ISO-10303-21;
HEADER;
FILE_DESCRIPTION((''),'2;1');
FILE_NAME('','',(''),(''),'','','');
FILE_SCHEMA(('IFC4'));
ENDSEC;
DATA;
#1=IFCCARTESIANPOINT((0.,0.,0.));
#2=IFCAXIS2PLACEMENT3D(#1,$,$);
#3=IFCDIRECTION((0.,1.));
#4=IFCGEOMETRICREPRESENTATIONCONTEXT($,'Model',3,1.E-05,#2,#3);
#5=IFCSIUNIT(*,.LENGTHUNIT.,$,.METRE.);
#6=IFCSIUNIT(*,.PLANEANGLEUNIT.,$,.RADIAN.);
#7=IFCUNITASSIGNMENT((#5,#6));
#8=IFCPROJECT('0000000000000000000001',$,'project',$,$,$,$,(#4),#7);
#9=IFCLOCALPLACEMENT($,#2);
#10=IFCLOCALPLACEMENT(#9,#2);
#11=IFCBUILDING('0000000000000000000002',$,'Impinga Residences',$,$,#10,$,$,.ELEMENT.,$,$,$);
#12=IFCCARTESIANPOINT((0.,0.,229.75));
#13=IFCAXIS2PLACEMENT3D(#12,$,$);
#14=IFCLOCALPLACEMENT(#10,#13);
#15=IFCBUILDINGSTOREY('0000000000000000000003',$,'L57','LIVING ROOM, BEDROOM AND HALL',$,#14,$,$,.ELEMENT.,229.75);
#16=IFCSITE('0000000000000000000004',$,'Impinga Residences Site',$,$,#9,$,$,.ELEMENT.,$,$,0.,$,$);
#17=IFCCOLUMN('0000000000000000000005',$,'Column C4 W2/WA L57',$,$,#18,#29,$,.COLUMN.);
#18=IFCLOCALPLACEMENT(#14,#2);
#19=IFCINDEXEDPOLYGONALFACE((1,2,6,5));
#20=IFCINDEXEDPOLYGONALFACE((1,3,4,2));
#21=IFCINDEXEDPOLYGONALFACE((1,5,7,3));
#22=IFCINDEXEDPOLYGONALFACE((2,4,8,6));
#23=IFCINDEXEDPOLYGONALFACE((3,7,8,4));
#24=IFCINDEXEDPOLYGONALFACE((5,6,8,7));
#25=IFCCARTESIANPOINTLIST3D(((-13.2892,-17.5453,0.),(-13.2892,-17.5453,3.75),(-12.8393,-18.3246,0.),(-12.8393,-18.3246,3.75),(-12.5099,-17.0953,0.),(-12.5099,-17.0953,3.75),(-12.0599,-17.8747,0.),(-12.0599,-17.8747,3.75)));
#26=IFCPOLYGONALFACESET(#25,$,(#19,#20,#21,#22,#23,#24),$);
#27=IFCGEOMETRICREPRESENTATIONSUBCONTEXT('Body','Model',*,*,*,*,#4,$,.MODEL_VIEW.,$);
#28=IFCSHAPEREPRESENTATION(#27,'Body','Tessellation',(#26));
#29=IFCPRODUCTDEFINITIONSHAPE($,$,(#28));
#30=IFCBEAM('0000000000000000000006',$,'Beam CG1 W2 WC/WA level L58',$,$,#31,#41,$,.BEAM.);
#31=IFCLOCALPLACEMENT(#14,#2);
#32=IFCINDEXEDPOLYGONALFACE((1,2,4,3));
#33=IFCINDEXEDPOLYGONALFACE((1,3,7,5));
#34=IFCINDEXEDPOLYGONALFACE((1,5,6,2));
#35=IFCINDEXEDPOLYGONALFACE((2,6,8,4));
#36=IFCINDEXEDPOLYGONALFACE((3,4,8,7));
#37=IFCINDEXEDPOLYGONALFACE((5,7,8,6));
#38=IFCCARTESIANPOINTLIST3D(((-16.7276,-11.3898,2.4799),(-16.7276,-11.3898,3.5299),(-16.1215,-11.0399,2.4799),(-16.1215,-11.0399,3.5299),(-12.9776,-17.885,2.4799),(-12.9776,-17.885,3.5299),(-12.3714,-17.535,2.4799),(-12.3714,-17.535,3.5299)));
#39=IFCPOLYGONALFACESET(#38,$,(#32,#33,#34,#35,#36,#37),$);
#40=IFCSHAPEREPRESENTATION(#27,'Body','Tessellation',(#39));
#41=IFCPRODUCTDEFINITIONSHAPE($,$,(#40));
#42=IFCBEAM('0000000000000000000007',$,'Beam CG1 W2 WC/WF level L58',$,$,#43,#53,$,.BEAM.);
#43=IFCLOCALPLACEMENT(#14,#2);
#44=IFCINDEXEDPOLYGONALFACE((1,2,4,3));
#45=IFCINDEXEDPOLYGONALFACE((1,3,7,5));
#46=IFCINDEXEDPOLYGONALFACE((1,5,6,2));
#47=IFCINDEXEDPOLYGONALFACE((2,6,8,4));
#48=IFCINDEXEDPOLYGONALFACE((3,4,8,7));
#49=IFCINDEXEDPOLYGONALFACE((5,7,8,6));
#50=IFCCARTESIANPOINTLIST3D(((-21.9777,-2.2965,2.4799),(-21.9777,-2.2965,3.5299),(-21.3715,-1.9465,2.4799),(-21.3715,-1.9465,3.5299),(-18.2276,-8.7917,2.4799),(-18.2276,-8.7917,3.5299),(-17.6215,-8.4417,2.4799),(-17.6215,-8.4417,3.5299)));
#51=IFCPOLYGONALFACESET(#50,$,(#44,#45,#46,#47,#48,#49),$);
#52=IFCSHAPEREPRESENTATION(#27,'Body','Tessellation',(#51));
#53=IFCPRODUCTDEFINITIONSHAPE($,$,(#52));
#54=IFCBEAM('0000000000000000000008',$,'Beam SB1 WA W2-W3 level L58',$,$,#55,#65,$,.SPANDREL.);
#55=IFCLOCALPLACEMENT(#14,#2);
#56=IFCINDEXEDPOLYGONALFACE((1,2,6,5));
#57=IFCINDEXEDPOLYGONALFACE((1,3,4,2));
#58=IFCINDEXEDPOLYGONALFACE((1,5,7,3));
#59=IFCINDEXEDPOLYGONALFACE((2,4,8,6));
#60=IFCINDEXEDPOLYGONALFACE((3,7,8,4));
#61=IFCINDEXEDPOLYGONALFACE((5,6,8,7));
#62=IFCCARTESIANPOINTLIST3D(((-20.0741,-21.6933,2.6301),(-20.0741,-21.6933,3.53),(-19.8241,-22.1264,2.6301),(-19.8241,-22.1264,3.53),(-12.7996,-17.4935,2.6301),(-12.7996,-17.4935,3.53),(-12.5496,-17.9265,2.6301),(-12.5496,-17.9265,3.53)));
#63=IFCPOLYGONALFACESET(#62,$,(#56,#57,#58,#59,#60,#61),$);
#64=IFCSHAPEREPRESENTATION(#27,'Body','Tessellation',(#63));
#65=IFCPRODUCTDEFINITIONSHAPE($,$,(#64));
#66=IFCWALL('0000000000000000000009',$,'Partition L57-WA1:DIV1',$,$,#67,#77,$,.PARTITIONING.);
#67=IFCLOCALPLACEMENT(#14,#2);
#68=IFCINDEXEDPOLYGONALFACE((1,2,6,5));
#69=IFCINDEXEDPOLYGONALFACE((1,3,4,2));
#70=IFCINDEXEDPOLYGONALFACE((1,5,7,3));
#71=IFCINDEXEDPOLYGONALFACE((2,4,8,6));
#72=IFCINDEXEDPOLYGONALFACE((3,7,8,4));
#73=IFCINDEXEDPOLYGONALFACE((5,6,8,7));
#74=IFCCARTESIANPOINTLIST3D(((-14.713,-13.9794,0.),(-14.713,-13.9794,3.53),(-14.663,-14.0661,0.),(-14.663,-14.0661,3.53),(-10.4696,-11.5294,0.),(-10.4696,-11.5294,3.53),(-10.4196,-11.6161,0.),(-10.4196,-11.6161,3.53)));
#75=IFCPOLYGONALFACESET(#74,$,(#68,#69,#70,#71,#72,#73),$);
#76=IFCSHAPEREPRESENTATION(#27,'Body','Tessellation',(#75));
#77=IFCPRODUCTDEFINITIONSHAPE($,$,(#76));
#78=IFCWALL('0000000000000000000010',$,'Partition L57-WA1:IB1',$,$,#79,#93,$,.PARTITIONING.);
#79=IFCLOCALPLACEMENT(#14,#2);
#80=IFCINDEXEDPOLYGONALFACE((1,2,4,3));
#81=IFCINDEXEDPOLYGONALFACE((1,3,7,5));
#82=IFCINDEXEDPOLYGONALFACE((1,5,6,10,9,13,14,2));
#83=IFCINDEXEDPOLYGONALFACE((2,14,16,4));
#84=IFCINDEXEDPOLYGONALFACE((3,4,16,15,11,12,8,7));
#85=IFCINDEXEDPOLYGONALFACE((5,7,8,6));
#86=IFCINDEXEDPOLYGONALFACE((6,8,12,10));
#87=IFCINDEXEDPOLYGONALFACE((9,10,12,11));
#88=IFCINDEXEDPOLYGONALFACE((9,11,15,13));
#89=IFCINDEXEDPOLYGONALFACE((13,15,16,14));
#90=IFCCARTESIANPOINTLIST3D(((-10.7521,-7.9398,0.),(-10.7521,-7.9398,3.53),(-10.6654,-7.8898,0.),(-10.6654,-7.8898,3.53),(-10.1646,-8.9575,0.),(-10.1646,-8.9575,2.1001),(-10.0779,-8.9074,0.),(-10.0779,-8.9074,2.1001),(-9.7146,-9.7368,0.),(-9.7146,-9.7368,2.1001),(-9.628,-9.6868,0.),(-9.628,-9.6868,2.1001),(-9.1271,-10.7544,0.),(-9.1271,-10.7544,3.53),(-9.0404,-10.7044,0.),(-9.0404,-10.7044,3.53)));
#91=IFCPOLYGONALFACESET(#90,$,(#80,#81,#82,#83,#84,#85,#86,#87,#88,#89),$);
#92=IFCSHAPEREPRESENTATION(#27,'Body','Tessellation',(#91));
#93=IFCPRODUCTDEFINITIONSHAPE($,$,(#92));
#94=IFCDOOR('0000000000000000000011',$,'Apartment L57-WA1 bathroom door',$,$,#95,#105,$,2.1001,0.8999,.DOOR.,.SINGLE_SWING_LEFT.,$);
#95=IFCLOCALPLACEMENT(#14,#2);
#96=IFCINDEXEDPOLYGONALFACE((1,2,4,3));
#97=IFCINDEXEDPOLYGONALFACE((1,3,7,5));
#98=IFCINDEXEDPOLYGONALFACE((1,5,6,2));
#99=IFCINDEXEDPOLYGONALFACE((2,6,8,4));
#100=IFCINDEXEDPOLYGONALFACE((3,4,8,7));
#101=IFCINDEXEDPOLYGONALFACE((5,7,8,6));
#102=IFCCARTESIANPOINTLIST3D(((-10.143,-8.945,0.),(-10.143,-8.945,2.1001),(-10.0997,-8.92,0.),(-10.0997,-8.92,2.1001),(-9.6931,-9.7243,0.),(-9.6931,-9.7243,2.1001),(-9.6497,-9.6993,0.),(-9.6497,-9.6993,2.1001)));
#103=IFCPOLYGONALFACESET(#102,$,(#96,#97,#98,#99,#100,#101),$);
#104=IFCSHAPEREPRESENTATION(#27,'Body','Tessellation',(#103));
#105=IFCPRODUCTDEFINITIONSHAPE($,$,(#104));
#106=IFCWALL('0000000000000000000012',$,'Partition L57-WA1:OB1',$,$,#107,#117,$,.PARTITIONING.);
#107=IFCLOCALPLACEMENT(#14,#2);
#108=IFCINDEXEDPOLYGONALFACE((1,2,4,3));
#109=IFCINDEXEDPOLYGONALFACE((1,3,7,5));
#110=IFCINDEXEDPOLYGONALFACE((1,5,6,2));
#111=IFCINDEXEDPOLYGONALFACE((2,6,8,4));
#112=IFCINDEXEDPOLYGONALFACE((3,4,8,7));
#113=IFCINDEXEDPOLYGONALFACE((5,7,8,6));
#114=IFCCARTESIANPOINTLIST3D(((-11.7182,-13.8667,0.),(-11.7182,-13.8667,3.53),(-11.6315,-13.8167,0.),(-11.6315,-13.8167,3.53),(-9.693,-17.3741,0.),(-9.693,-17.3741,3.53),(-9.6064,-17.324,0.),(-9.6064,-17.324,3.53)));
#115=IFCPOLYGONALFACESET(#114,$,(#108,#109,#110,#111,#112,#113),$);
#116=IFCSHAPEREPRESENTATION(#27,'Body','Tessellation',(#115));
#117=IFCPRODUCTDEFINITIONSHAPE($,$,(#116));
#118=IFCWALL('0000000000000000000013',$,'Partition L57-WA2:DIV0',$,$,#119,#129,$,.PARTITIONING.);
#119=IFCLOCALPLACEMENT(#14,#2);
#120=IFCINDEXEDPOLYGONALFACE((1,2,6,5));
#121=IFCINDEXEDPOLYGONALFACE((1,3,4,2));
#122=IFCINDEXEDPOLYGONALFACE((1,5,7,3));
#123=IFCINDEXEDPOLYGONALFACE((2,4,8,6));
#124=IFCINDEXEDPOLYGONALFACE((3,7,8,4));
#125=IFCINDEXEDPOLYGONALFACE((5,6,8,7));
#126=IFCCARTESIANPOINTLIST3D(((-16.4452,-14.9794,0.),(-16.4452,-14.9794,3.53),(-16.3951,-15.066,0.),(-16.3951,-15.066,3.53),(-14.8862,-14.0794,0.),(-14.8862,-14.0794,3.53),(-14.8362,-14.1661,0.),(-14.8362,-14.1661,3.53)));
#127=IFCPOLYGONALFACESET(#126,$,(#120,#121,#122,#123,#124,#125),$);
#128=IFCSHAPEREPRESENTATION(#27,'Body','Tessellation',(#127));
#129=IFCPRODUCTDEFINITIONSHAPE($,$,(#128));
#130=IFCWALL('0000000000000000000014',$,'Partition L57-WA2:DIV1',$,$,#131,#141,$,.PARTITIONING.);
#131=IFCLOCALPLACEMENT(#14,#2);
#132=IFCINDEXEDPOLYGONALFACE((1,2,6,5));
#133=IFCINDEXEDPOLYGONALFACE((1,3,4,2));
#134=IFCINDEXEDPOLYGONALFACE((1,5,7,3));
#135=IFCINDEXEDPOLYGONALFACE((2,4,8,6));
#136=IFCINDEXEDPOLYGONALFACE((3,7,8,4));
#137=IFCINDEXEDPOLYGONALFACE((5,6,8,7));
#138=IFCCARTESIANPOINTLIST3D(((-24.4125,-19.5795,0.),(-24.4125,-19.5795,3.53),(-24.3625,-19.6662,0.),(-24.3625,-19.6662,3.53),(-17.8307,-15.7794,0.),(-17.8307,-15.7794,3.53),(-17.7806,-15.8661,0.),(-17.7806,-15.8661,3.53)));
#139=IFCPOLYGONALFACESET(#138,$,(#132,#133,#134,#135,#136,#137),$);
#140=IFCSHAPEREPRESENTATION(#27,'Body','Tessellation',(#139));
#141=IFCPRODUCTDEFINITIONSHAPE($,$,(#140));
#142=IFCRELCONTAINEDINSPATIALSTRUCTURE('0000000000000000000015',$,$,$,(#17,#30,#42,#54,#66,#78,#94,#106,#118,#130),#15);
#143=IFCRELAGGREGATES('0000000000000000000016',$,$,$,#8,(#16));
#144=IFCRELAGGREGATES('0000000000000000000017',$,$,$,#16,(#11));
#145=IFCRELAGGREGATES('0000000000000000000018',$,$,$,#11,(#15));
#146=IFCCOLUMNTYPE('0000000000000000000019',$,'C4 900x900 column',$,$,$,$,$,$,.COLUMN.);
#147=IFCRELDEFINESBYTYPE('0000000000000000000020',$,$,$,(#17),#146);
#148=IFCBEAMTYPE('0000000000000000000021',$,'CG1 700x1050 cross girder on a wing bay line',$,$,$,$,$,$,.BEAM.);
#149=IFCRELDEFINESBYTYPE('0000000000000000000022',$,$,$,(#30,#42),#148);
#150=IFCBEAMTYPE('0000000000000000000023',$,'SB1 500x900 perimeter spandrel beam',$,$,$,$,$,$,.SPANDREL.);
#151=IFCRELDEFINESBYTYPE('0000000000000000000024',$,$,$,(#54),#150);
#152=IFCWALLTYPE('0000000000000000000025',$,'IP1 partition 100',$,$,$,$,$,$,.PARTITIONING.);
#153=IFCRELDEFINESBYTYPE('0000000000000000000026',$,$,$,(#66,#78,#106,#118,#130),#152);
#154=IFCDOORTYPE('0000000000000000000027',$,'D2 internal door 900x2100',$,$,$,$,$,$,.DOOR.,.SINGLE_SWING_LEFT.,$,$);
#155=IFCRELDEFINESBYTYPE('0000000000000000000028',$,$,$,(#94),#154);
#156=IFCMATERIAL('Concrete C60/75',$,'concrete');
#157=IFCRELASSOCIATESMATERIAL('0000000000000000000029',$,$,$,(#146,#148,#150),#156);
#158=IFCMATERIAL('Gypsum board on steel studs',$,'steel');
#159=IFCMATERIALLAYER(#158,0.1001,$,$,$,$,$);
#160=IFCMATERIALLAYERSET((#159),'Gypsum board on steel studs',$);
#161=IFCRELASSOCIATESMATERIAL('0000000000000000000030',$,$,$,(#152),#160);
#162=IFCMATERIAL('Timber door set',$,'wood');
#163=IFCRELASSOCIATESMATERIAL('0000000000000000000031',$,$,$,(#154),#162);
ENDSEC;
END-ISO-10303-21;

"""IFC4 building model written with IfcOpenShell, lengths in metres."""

from ifc_helpers import new_model, si_unit, direction, frame, frame_2d, origin, origin_2d, place, context, subcontext, project, spatial, rectangle, extrude, material, layer, layer_set, material_profile, profile_set, type_object, element, fill, save


model = new_model("IFC4")

# Units and contexts
model_context = context("Model", 3, precision=1e-05, world=origin(), true_north=direction((0.0, 1.0)))
body_context = subcontext(model_context, "Body", "Model", "MODEL_VIEW")
ifc_project = project(units=[si_unit("LENGTHUNIT", "METRE"), si_unit("PLANEANGLEUNIT", "RADIAN")], contexts=[model_context])

# Site, building, storey
site_placement = place(None, origin())
site = spatial("IfcSite", under=ifc_project, at=site_placement, Name="Impinga Residences Site", CompositionType="ELEMENT", RefElevation=0.0)
building_placement = place(site_placement, origin())
building = spatial("IfcBuilding", under=site, at=building_placement, Name="Impinga Residences", CompositionType="ELEMENT")
storey_placement = place(building_placement, frame((0.0, 0.0, 229.75)))
storey = spatial("IfcBuildingStorey", under=building, at=storey_placement, Name="L57", Description="LIVING ROOM, BEDROOM AND HALL", CompositionType="ELEMENT", Elevation=229.75)

# Column
ifc_material_1 = material(Name="Concrete C60/75", Category="concrete")
ifc_material_profile_1 = material_profile(ifc_material_1, rectangle(XDim=0.8999, YDim=0.8999, at=origin_2d()), Name="RC 900x900")
ifc_profile_set_1 = profile_set([ifc_material_profile_1], Name="Concrete C60/75")
column_type = type_object("IfcColumnType", Name="C4 900x900 column", PredefinedType="COLUMN", material=ifc_profile_set_1)
column_placement = place(storey_placement, frame((-12.6746, -17.71, 0.0), z_axis=(0.0, 0.0, 1.0), x_axis=(-0.5, 0.866025, 0.0)))
element("IfcColumn", 1, at=column_placement, inside=storey, type_object=column_type, Name="Column C4 W2/WA L57", PredefinedType="COLUMN", context=body_context, shape_type="SweptSolid", body=[
    extrude(rectangle(XDim=0.8999, YDim=0.8999, at=origin_2d()), origin(), (0.0, 0.0, 1.0), 3.75),
])

# Beams
ifc_material_profile_2 = material_profile(ifc_material_1, rectangle(XDim=0.7, YDim=1.05, at=origin_2d()), Name="RC 700x1050")
ifc_profile_set_2 = profile_set([ifc_material_profile_2], Name="Concrete C60/75")
beam_type_1 = type_object("IfcBeamType", Name="CG1 700x1050 cross girder on a wing bay line", PredefinedType="BEAM", material=ifc_profile_set_2)
for number, where, z_axis, x_axis, name in (
    (2, (-16.4246, -11.2148, 3.0049), (0.500004, -0.866023, 0.0), (0.866023, 0.500004, 0.0), "Beam CG1 W2 WC/WA level L58"),
    (3, (-17.9246, -8.6167, 3.0049), (-0.500004, 0.866023, 0.0), (-0.866023, -0.500004, 0.0), "Beam CG1 W2 WC/WF level L58"),
):
    element("IfcBeam", number, at=place(storey_placement, frame(where, z_axis=z_axis, x_axis=x_axis)), inside=storey, type_object=beam_type_1, Name=name, PredefinedType="BEAM", context=body_context, shape_type="SweptSolid", body=[
        extrude(rectangle(XDim=0.7, YDim=1.05, at=origin_2d()), origin(), (0.0, 0.0, 1.0), 7.5),
    ])
ifc_material_profile_3 = material_profile(ifc_material_1, rectangle(XDim=0.5, YDim=0.8999, at=origin_2d()), Name="RC 500x900")
ifc_profile_set_3 = profile_set([ifc_material_profile_3], Name="Concrete C60/75")
beam_type_2 = type_object("IfcBeamType", Name="SB1 500x900 perimeter spandrel beam", PredefinedType="SPANDREL", material=ifc_profile_set_3)
beam_placement = place(storey_placement, frame((-12.6746, -17.71, 3.0801), z_axis=(-0.866029, -0.499993, 0.0), x_axis=(0.499993, -0.866029, 0.0)))
element("IfcBeam", 4, at=beam_placement, inside=storey, type_object=beam_type_2, Name="Beam SB1 WA W2-W3 level L58", PredefinedType="SPANDREL", context=body_context, shape_type="SweptSolid", body=[
    extrude(rectangle(XDim=0.5, YDim=0.8999, at=origin_2d()), origin(), (0.0, 0.0, 1.0), 8.3999),
])

# Wall
ifc_material_2 = material(Name="Gypsum board on steel studs", Category="steel")
ifc_layer_1 = layer(ifc_material_2, 0.1001)
ifc_layer_set_1 = layer_set([ifc_layer_1], Name="Gypsum board on steel studs")
wall_type_1 = type_object("IfcWallType", Name="IP1 partition 100", PredefinedType="PARTITIONING", material=ifc_layer_set_1)
wall_1_placement = place(storey_placement, frame((-10.4446, -11.5728, 0.0), z_axis=(0.0, 0.0, 1.0), x_axis=(-0.866024, -0.500003, 0.0)))
element("IfcWall", 5, at=wall_1_placement, inside=storey, type_object=wall_type_1, Name="Partition L57-WA1:DIV1", PredefinedType="PARTITIONING", context=body_context, shape_type="SweptSolid", body=[
    extrude(rectangle(XDim=4.8999, YDim=0.1001, at=frame_2d((2.45, 0.0))), origin(), (0.0, 0.0, 1.0), 3.53),
])

# Wall, opening, door
wall_2_placement = place(storey_placement, frame((-10.7087, -7.9148, 0.0), z_axis=(0.0, 0.0, 1.0), x_axis=(0.499985, -0.866034, 0.0)))
wall_2 = element("IfcWall", 6, at=wall_2_placement, inside=storey, type_object=wall_type_1, Name="Partition L57-WA1:IB1", PredefinedType="PARTITIONING", context=body_context, shape_type="SweptSolid", body=[
    extrude(rectangle(XDim=3.25, YDim=0.1001, at=frame_2d((1.625, 0.0))), origin(), (0.0, 0.0, 1.0), 3.53),
])
opening_1_placement = place(wall_2_placement, frame((1.175, 0.0, 0.0)))
opening_1 = element("IfcOpeningElement", 7, at=opening_1_placement, cuts=wall_2, PredefinedType="OPENING", context=body_context, shape_type="SweptSolid", body=[
    extrude(rectangle(XDim=0.8999, YDim=2.1001, at=frame_2d((0.45, 1.05))), frame((0.0, 0.0601, 0.0), z_axis=(0.0, -1.0, 0.0), x_axis=(1.0, 0.0, 0.0)), (0.0, 0.0, 1.0), 0.1201),
])
ifc_material_3 = material(Name="Timber door set", Category="wood")
door_type = type_object("IfcDoorType", Name="D2 internal door 900x2100", OperationType="SINGLE_SWING_LEFT", PredefinedType="DOOR", material=ifc_material_3)
door_1_placement = place(opening_1_placement, origin())
door_1 = element("IfcDoor", 8, at=door_1_placement, inside=storey, type_object=door_type, Name="Apartment L57-WA1 bathroom door", OperationType="SINGLE_SWING_LEFT", OverallHeight=2.1001, OverallWidth=0.8999, PredefinedType="DOOR", context=body_context, shape_type="SweptSolid", body=[
    extrude(rectangle(XDim=0.8999, YDim=2.1001, at=frame_2d((0.45, 1.05))), frame((0.0, 0.0249, 0.0), z_axis=(0.0, -1.0, 0.0), x_axis=(1.0, 0.0, 0.0)), (0.0, 0.0, 1.0), 0.05),
])
fill(opening_1, door_1)

# Walls
wall_3_placement = place(storey_placement, frame((-11.6748, -13.8418, 0.0), z_axis=(0.0, 0.0, 1.0), x_axis=(0.500036, -0.866005, 0.0)))
element("IfcWall", 9, at=wall_3_placement, inside=storey, type_object=wall_type_1, Name="Partition L57-WA1:OB1", PredefinedType="PARTITIONING", context=body_context, shape_type="SweptSolid", body=[
    extrude(rectangle(XDim=4.05, YDim=0.1001, at=frame_2d((2.0249, 0.0))), origin(), (0.0, 0.0, 1.0), 3.53),
])
wall_4_placement = place(storey_placement, frame((-14.8613, -14.1228, 0.0), z_axis=(0.0, 0.0, 1.0), x_axis=(-0.866048, -0.499961, 0.0)))
element("IfcWall", 10, at=wall_4_placement, inside=storey, type_object=wall_type_1, Name="Partition L57-WA2:DIV0", PredefinedType="PARTITIONING", context=body_context, shape_type="SweptSolid", body=[
    extrude(rectangle(XDim=1.8, YDim=0.1001, at=frame_2d((0.8999, 0.0))), origin(), (0.0, 0.0, 1.0), 3.53),
])
wall_5_placement = place(storey_placement, frame((-17.8057, -15.8228, 0.0), z_axis=(0.0, 0.0, 1.0), x_axis=(-0.866022, -0.500005, 0.0)))
element("IfcWall", 11, at=wall_5_placement, inside=storey, type_object=wall_type_1, Name="Partition L57-WA2:DIV1", PredefinedType="PARTITIONING", context=body_context, shape_type="SweptSolid", body=[
    extrude(rectangle(XDim=7.6001, YDim=0.1001, at=frame_2d((3.8, 0.0))), origin(), (0.0, 0.0, 1.0), 3.53),
])

save(model, "model.ifc")
